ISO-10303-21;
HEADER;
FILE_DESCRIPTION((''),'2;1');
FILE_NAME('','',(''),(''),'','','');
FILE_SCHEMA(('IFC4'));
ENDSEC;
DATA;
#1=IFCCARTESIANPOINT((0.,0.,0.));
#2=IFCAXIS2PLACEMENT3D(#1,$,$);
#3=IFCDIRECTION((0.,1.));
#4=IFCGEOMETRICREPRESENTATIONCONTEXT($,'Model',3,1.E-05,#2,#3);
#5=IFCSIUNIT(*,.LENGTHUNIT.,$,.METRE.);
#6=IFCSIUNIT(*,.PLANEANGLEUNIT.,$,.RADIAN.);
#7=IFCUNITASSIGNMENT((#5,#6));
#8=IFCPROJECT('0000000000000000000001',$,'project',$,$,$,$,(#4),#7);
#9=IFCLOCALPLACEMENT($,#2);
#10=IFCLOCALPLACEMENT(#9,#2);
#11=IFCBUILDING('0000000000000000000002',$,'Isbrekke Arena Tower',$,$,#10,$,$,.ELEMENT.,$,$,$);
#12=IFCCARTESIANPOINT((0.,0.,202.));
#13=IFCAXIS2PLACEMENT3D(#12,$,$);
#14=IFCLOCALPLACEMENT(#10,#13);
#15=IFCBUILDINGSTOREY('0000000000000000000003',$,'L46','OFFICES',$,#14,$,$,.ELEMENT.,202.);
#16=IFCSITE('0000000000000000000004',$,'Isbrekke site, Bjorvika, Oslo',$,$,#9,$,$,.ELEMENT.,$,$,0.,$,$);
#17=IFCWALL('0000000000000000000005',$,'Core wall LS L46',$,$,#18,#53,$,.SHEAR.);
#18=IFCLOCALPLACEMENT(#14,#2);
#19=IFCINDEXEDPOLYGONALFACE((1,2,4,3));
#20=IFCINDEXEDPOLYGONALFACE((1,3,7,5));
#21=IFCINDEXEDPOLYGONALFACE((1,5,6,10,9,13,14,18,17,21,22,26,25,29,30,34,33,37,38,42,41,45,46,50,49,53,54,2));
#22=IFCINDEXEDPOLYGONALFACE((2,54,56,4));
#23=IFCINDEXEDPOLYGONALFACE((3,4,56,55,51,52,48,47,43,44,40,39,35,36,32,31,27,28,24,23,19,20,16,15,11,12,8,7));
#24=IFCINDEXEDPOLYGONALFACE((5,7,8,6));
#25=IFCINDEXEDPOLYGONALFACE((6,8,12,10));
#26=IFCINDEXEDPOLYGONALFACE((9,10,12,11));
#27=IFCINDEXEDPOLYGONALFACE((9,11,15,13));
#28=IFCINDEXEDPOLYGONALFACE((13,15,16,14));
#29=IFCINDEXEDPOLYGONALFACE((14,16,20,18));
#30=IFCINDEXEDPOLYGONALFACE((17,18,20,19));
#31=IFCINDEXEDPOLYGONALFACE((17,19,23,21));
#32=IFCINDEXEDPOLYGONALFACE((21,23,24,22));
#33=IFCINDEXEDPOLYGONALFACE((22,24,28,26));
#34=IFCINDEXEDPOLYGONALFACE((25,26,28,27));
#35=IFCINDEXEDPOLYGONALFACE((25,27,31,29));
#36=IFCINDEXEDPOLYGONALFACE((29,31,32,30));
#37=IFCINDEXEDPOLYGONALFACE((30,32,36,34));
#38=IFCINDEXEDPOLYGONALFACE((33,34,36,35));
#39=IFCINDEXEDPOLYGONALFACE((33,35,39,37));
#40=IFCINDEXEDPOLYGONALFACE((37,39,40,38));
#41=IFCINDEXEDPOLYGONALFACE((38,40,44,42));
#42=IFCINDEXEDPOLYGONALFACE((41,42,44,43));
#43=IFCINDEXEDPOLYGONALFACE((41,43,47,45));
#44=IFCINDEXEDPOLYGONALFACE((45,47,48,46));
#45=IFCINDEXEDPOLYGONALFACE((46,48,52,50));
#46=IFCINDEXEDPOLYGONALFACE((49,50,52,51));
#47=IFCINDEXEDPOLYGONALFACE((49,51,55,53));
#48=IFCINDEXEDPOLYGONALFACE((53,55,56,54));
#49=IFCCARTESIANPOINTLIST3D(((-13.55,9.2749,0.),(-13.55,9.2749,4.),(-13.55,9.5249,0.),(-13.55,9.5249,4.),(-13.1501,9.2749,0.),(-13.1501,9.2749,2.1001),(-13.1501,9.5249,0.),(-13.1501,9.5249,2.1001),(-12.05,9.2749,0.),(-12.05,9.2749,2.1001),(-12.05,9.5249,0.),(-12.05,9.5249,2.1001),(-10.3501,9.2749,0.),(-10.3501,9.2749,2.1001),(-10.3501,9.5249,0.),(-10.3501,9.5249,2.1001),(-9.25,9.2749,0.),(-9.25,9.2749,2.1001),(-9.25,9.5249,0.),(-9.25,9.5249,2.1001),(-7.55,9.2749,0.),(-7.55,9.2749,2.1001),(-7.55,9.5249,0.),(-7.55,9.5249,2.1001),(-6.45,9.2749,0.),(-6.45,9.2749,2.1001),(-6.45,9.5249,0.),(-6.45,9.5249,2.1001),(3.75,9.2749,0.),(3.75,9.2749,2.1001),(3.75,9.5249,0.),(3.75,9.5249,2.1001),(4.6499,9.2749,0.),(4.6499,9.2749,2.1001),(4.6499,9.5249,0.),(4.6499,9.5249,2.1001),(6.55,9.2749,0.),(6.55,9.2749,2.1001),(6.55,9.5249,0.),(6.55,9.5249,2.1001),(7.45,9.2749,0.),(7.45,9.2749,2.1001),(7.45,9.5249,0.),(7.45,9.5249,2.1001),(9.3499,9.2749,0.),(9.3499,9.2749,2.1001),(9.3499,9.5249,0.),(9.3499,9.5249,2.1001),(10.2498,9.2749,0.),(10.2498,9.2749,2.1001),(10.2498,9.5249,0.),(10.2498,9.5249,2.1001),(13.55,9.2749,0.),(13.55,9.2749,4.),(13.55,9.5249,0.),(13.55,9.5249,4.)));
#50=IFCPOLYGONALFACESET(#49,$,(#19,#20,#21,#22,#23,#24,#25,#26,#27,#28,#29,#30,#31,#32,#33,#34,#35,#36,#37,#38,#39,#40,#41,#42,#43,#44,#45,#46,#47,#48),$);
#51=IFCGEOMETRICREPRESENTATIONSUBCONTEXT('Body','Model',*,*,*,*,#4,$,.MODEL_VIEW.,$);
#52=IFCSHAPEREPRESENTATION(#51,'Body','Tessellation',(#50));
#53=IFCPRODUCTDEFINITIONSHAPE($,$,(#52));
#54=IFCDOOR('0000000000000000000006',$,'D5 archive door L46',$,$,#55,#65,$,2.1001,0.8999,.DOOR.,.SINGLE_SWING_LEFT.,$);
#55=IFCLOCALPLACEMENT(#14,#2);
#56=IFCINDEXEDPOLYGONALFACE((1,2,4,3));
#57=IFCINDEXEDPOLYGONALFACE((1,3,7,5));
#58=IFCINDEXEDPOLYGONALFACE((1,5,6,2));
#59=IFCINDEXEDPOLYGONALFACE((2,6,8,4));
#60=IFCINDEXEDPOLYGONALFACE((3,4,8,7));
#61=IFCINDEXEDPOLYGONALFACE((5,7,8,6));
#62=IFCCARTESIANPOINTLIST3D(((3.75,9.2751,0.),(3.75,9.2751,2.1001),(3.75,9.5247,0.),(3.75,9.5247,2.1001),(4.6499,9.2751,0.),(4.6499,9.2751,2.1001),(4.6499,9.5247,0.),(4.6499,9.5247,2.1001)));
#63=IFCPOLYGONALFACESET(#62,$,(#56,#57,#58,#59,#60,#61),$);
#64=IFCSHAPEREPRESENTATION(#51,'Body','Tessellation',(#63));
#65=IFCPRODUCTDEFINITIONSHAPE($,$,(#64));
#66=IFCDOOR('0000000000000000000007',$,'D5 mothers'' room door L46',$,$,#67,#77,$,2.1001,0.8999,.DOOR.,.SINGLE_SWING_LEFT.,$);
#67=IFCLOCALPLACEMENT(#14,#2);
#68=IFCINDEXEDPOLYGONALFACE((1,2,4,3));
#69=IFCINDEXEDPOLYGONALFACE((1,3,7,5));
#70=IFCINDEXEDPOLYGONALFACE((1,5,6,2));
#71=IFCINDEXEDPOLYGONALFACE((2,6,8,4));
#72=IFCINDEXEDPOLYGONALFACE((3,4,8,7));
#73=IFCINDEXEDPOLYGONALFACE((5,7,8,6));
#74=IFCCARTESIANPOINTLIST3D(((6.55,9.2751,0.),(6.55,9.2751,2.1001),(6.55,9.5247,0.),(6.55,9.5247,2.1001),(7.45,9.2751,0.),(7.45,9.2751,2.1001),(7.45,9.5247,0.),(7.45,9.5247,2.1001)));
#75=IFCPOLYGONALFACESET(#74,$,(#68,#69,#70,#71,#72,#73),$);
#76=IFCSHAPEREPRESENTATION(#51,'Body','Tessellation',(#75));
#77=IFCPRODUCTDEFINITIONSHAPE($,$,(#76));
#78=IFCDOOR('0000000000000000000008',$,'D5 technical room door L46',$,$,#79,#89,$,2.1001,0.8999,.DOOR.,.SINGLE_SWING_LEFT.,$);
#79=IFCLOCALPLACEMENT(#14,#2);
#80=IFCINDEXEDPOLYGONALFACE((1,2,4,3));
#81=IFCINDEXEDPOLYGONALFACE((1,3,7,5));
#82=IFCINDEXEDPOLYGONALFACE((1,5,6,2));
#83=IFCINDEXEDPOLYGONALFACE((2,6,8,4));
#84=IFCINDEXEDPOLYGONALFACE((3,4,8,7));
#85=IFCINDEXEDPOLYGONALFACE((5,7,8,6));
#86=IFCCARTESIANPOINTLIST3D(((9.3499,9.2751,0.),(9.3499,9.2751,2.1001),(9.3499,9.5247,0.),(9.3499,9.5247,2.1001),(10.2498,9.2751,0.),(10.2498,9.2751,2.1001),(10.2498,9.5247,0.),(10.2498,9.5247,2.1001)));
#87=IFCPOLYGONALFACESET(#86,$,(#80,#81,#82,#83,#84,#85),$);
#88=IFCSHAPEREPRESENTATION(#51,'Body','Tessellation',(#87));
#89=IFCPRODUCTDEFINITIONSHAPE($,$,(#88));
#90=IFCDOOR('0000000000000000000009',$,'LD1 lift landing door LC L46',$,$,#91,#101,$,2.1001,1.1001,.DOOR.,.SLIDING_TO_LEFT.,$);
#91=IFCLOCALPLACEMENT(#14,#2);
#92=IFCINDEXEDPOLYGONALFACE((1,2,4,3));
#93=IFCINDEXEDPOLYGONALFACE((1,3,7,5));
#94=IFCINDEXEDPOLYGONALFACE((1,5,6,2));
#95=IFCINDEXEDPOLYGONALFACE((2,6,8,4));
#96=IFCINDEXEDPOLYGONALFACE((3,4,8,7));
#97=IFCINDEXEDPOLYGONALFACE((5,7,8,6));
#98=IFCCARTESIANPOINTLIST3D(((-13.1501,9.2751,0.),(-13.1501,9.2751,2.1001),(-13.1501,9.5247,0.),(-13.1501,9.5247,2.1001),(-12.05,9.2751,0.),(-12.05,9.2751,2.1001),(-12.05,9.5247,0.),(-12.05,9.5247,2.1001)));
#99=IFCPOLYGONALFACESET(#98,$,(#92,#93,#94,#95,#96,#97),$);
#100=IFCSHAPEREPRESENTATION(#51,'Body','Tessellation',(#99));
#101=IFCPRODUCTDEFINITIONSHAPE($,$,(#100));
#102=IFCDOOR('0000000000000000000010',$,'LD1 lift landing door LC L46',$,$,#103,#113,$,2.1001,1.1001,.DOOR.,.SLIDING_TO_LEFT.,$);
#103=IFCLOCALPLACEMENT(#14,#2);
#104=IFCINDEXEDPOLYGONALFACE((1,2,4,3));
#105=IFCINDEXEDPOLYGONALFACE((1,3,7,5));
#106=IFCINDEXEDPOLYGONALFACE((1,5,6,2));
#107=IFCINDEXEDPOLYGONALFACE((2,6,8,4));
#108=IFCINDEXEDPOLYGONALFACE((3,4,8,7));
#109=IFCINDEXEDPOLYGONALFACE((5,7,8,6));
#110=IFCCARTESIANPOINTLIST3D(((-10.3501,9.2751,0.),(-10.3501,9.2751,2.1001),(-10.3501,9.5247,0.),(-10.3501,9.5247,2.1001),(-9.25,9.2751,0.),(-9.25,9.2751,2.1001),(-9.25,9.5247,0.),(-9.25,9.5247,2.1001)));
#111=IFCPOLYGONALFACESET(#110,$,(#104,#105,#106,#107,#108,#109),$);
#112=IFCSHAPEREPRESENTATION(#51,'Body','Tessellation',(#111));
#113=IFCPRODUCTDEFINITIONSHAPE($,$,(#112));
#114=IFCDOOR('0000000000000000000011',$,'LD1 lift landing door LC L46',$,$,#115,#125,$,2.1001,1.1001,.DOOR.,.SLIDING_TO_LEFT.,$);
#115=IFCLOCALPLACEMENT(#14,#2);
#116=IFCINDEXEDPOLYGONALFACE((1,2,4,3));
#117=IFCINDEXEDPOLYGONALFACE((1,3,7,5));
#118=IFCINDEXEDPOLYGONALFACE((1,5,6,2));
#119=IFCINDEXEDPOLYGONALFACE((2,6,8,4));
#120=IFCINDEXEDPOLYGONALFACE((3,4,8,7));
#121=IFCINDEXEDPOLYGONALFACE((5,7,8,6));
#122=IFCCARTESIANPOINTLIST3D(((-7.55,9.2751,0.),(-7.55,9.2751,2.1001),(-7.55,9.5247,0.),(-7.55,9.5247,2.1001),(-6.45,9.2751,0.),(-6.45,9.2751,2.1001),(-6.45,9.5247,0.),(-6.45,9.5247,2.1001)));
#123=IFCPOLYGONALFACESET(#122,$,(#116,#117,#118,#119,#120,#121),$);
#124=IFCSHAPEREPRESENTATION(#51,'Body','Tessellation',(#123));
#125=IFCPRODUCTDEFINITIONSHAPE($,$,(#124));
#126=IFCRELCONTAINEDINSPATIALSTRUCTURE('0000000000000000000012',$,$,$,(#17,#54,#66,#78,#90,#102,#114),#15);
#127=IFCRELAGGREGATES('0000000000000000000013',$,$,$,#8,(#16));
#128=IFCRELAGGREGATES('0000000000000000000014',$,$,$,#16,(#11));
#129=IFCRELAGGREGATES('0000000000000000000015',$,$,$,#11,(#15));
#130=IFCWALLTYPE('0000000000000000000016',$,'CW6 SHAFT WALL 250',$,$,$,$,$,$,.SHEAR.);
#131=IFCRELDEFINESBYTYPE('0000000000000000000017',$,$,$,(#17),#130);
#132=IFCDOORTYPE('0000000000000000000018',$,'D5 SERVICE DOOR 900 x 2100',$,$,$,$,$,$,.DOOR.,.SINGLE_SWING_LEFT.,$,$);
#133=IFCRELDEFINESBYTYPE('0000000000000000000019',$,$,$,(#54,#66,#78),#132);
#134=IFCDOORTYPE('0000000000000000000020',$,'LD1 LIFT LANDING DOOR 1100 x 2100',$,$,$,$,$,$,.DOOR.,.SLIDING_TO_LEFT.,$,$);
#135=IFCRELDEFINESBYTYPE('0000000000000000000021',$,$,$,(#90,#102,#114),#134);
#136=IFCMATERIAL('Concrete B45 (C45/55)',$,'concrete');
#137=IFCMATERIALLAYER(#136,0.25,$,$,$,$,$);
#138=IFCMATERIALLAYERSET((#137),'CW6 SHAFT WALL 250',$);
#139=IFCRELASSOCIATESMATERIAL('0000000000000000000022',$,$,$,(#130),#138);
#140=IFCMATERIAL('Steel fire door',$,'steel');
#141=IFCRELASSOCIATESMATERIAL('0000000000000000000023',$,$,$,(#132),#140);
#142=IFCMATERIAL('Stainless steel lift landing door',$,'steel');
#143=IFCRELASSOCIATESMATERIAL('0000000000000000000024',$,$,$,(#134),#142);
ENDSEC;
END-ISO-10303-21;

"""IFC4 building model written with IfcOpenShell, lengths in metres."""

from ifc_helpers import new_model, si_unit, direction, frame, frame_2d, origin, place, context, subcontext, project, spatial, rectangle, extrude, material, layer, layer_set, type_object, element, fill, save


model = new_model("IFC4")

# Units and contexts
model_context = context("Model", 3, precision=1e-05, world=origin(), true_north=direction((0.0, 1.0)))
body_context = subcontext(model_context, "Body", "Model", "MODEL_VIEW")
ifc_project = project(units=[si_unit("LENGTHUNIT", "METRE"), si_unit("PLANEANGLEUNIT", "RADIAN")], contexts=[model_context])

# Site, building, storey
site_placement = place(None, origin())
site = spatial("IfcSite", under=ifc_project, at=site_placement, Name="Isbrekke site, Bjorvika, Oslo", CompositionType="ELEMENT", RefElevation=0.0)
building_placement = place(site_placement, origin())
building = spatial("IfcBuilding", under=site, at=building_placement, Name="Isbrekke Arena Tower", CompositionType="ELEMENT")
storey_placement = place(building_placement, frame((0.0, 0.0, 202.0)))
storey = spatial("IfcBuildingStorey", under=building, at=storey_placement, Name="L46", Description="OFFICES", CompositionType="ELEMENT", Elevation=202.0)

# Wall, openings, doors
ifc_material_1 = material(Name="Concrete B45 (C45/55)", Category="concrete")
ifc_layer_1 = layer(ifc_material_1, 0.25)
ifc_layer_set_1 = layer_set([ifc_layer_1], Name="CW6 SHAFT WALL 250")
wall_type_1 = type_object("IfcWallType", Name="CW6 SHAFT WALL 250", PredefinedType="SHEAR", material=ifc_layer_set_1)
wall_1_placement = place(storey_placement, frame((-13.55, 9.3999, 0.0), z_axis=(0.0, 0.0, 1.0), x_axis=(1.0, 0.0, 0.0)))
wall_1 = element("IfcWall", 1, at=wall_1_placement, inside=storey, type_object=wall_type_1, Name="Core wall LS L46", PredefinedType="SHEAR", context=body_context, shape_type="SweptSolid", body=[
    extrude(rectangle(XDim=27.1001, YDim=0.25, at=frame_2d((13.55, 0.0))), origin(), (0.0, 0.0, 1.0), 4.0),
])
opening_1_placement = place(wall_1_placement, frame((0.3999, 0.0, 0.0)))
opening_1 = element("IfcOpeningElement", 2, at=opening_1_placement, cuts=wall_1, PredefinedType="OPENING", context=body_context, shape_type="SweptSolid", body=[
    extrude(rectangle(XDim=1.1001, YDim=2.1001, at=frame_2d((0.55, 1.05))), frame((0.0, 0.1399, 0.0), z_axis=(0.0, -1.0, 0.0), x_axis=(1.0, 0.0, 0.0)), (0.0, 0.0, 1.0), 0.2798),
])
opening_2_placement = place(wall_1_placement, frame((3.2, 0.0, 0.0)))
opening_2 = element("IfcOpeningElement", 3, at=opening_2_placement, cuts=wall_1, PredefinedType="OPENING", context=body_context, shape_type="SweptSolid", body=[
    extrude(rectangle(XDim=1.1001, YDim=2.1001, at=frame_2d((0.55, 1.05))), frame((0.0, 0.1399, 0.0), z_axis=(0.0, -1.0, 0.0), x_axis=(1.0, 0.0, 0.0)), (0.0, 0.0, 1.0), 0.2798),
])
opening_3_placement = place(wall_1_placement, frame((6.0, 0.0, 0.0)))
opening_3 = element("IfcOpeningElement", 4, at=opening_3_placement, cuts=wall_1, PredefinedType="OPENING", context=body_context, shape_type="SweptSolid", body=[
    extrude(rectangle(XDim=1.1001, YDim=2.1001, at=frame_2d((0.55, 1.05))), frame((0.0, 0.1399, 0.0), z_axis=(0.0, -1.0, 0.0), x_axis=(1.0, 0.0, 0.0)), (0.0, 0.0, 1.0), 0.2798),
])
opening_4_placement = place(wall_1_placement, frame((17.3, 0.0, 0.0)))
opening_4 = element("IfcOpeningElement", 5, at=opening_4_placement, cuts=wall_1, PredefinedType="OPENING", context=body_context, shape_type="SweptSolid", body=[
    extrude(rectangle(XDim=0.8999, YDim=2.1001, at=frame_2d((0.45, 1.05))), frame((0.0, 0.1399, 0.0), z_axis=(0.0, -1.0, 0.0), x_axis=(1.0, 0.0, 0.0)), (0.0, 0.0, 1.0), 0.2798),
])
opening_5_placement = place(wall_1_placement, frame((20.1001, 0.0, 0.0)))
opening_5 = element("IfcOpeningElement", 6, at=opening_5_placement, cuts=wall_1, PredefinedType="OPENING", context=body_context, shape_type="SweptSolid", body=[
    extrude(rectangle(XDim=0.8999, YDim=2.1001, at=frame_2d((0.45, 1.05))), frame((0.0, 0.1399, 0.0), z_axis=(0.0, -1.0, 0.0), x_axis=(1.0, 0.0, 0.0)), (0.0, 0.0, 1.0), 0.2798),
])
opening_6_placement = place(wall_1_placement, frame((22.8999, 0.0, 0.0)))
opening_6 = element("IfcOpeningElement", 7, at=opening_6_placement, cuts=wall_1, PredefinedType="OPENING", context=body_context, shape_type="SweptSolid", body=[
    extrude(rectangle(XDim=0.8999, YDim=2.1001, at=frame_2d((0.45, 1.05))), frame((0.0, 0.1399, 0.0), z_axis=(0.0, -1.0, 0.0), x_axis=(1.0, 0.0, 0.0)), (0.0, 0.0, 1.0), 0.2798),
])
ifc_material_2 = material(Name="Steel fire door", Category="steel")
door_type_1 = type_object("IfcDoorType", Name="D5 SERVICE DOOR 900 x 2100", OperationType="SINGLE_SWING_LEFT", PredefinedType="DOOR", material=ifc_material_2)
door_1_placement = place(opening_4_placement, origin())
door_1 = element("IfcDoor", 8, at=door_1_placement, inside=storey, type_object=door_type_1, Name="D5 archive door L46", OperationType="SINGLE_SWING_LEFT", OverallHeight=2.1001, OverallWidth=0.8999, PredefinedType="DOOR", context=body_context, shape_type="SweptSolid", body=[
    extrude(rectangle(XDim=0.8999, YDim=2.1001, at=frame_2d((0.45, 1.05))), frame((0.0, 0.1248, 0.0), z_axis=(0.0, -1.0, 0.0), x_axis=(1.0, 0.0, 0.0)), (0.0, 0.0, 1.0), 0.2495),
])
fill(opening_4, door_1)
door_2_placement = place(opening_5_placement, origin())
door_2 = element("IfcDoor", 9, at=door_2_placement, inside=storey, type_object=door_type_1, Name="D5 mothers' room door L46", OperationType="SINGLE_SWING_LEFT", OverallHeight=2.1001, OverallWidth=0.8999, PredefinedType="DOOR", context=body_context, shape_type="SweptSolid", body=[
    extrude(rectangle(XDim=0.8999, YDim=2.1001, at=frame_2d((0.45, 1.05))), frame((0.0, 0.1248, 0.0), z_axis=(0.0, -1.0, 0.0), x_axis=(1.0, 0.0, 0.0)), (0.0, 0.0, 1.0), 0.2495),
])
fill(opening_5, door_2)
door_3_placement = place(opening_6_placement, origin())
door_3 = element("IfcDoor", 10, at=door_3_placement, inside=storey, type_object=door_type_1, Name="D5 technical room door L46", OperationType="SINGLE_SWING_LEFT", OverallHeight=2.1001, OverallWidth=0.8999, PredefinedType="DOOR", context=body_context, shape_type="SweptSolid", body=[
    extrude(rectangle(XDim=0.8999, YDim=2.1001, at=frame_2d((0.45, 1.05))), frame((0.0, 0.1248, 0.0), z_axis=(0.0, -1.0, 0.0), x_axis=(1.0, 0.0, 0.0)), (0.0, 0.0, 1.0), 0.2495),
])
fill(opening_6, door_3)
ifc_material_3 = material(Name="Stainless steel lift landing door", Category="steel")
door_type_2 = type_object("IfcDoorType", Name="LD1 LIFT LANDING DOOR 1100 x 2100", OperationType="SLIDING_TO_LEFT", PredefinedType="DOOR", material=ifc_material_3)
door_4_placement = place(opening_1_placement, origin())
door_4 = element("IfcDoor", 11, at=door_4_placement, inside=storey, type_object=door_type_2, Name="LD1 lift landing door LC L46", OperationType="SLIDING_TO_LEFT", OverallHeight=2.1001, OverallWidth=1.1001, PredefinedType="DOOR", context=body_context, shape_type="SweptSolid", body=[
    extrude(rectangle(XDim=1.1001, YDim=2.1001, at=frame_2d((0.55, 1.05))), frame((0.0, 0.1248, 0.0), z_axis=(0.0, -1.0, 0.0), x_axis=(1.0, 0.0, 0.0)), (0.0, 0.0, 1.0), 0.2495),
])
fill(opening_1, door_4)
door_5_placement = place(opening_2_placement, origin())
door_5 = element("IfcDoor", 12, at=door_5_placement, inside=storey, type_object=door_type_2, Name="LD1 lift landing door LC L46", OperationType="SLIDING_TO_LEFT", OverallHeight=2.1001, OverallWidth=1.1001, PredefinedType="DOOR", context=body_context, shape_type="SweptSolid", body=[
    extrude(rectangle(XDim=1.1001, YDim=2.1001, at=frame_2d((0.55, 1.05))), frame((0.0, 0.1248, 0.0), z_axis=(0.0, -1.0, 0.0), x_axis=(1.0, 0.0, 0.0)), (0.0, 0.0, 1.0), 0.2495),
])
fill(opening_2, door_5)
door_6_placement = place(opening_3_placement, origin())
door_6 = element("IfcDoor", 13, at=door_6_placement, inside=storey, type_object=door_type_2, Name="LD1 lift landing door LC L46", OperationType="SLIDING_TO_LEFT", OverallHeight=2.1001, OverallWidth=1.1001, PredefinedType="DOOR", context=body_context, shape_type="SweptSolid", body=[
    extrude(rectangle(XDim=1.1001, YDim=2.1001, at=frame_2d((0.55, 1.05))), frame((0.0, 0.1248, 0.0), z_axis=(0.0, -1.0, 0.0), x_axis=(1.0, 0.0, 0.0)), (0.0, 0.0, 1.0), 0.2495),
])
fill(opening_3, door_6)

save(model, "model.ifc")
